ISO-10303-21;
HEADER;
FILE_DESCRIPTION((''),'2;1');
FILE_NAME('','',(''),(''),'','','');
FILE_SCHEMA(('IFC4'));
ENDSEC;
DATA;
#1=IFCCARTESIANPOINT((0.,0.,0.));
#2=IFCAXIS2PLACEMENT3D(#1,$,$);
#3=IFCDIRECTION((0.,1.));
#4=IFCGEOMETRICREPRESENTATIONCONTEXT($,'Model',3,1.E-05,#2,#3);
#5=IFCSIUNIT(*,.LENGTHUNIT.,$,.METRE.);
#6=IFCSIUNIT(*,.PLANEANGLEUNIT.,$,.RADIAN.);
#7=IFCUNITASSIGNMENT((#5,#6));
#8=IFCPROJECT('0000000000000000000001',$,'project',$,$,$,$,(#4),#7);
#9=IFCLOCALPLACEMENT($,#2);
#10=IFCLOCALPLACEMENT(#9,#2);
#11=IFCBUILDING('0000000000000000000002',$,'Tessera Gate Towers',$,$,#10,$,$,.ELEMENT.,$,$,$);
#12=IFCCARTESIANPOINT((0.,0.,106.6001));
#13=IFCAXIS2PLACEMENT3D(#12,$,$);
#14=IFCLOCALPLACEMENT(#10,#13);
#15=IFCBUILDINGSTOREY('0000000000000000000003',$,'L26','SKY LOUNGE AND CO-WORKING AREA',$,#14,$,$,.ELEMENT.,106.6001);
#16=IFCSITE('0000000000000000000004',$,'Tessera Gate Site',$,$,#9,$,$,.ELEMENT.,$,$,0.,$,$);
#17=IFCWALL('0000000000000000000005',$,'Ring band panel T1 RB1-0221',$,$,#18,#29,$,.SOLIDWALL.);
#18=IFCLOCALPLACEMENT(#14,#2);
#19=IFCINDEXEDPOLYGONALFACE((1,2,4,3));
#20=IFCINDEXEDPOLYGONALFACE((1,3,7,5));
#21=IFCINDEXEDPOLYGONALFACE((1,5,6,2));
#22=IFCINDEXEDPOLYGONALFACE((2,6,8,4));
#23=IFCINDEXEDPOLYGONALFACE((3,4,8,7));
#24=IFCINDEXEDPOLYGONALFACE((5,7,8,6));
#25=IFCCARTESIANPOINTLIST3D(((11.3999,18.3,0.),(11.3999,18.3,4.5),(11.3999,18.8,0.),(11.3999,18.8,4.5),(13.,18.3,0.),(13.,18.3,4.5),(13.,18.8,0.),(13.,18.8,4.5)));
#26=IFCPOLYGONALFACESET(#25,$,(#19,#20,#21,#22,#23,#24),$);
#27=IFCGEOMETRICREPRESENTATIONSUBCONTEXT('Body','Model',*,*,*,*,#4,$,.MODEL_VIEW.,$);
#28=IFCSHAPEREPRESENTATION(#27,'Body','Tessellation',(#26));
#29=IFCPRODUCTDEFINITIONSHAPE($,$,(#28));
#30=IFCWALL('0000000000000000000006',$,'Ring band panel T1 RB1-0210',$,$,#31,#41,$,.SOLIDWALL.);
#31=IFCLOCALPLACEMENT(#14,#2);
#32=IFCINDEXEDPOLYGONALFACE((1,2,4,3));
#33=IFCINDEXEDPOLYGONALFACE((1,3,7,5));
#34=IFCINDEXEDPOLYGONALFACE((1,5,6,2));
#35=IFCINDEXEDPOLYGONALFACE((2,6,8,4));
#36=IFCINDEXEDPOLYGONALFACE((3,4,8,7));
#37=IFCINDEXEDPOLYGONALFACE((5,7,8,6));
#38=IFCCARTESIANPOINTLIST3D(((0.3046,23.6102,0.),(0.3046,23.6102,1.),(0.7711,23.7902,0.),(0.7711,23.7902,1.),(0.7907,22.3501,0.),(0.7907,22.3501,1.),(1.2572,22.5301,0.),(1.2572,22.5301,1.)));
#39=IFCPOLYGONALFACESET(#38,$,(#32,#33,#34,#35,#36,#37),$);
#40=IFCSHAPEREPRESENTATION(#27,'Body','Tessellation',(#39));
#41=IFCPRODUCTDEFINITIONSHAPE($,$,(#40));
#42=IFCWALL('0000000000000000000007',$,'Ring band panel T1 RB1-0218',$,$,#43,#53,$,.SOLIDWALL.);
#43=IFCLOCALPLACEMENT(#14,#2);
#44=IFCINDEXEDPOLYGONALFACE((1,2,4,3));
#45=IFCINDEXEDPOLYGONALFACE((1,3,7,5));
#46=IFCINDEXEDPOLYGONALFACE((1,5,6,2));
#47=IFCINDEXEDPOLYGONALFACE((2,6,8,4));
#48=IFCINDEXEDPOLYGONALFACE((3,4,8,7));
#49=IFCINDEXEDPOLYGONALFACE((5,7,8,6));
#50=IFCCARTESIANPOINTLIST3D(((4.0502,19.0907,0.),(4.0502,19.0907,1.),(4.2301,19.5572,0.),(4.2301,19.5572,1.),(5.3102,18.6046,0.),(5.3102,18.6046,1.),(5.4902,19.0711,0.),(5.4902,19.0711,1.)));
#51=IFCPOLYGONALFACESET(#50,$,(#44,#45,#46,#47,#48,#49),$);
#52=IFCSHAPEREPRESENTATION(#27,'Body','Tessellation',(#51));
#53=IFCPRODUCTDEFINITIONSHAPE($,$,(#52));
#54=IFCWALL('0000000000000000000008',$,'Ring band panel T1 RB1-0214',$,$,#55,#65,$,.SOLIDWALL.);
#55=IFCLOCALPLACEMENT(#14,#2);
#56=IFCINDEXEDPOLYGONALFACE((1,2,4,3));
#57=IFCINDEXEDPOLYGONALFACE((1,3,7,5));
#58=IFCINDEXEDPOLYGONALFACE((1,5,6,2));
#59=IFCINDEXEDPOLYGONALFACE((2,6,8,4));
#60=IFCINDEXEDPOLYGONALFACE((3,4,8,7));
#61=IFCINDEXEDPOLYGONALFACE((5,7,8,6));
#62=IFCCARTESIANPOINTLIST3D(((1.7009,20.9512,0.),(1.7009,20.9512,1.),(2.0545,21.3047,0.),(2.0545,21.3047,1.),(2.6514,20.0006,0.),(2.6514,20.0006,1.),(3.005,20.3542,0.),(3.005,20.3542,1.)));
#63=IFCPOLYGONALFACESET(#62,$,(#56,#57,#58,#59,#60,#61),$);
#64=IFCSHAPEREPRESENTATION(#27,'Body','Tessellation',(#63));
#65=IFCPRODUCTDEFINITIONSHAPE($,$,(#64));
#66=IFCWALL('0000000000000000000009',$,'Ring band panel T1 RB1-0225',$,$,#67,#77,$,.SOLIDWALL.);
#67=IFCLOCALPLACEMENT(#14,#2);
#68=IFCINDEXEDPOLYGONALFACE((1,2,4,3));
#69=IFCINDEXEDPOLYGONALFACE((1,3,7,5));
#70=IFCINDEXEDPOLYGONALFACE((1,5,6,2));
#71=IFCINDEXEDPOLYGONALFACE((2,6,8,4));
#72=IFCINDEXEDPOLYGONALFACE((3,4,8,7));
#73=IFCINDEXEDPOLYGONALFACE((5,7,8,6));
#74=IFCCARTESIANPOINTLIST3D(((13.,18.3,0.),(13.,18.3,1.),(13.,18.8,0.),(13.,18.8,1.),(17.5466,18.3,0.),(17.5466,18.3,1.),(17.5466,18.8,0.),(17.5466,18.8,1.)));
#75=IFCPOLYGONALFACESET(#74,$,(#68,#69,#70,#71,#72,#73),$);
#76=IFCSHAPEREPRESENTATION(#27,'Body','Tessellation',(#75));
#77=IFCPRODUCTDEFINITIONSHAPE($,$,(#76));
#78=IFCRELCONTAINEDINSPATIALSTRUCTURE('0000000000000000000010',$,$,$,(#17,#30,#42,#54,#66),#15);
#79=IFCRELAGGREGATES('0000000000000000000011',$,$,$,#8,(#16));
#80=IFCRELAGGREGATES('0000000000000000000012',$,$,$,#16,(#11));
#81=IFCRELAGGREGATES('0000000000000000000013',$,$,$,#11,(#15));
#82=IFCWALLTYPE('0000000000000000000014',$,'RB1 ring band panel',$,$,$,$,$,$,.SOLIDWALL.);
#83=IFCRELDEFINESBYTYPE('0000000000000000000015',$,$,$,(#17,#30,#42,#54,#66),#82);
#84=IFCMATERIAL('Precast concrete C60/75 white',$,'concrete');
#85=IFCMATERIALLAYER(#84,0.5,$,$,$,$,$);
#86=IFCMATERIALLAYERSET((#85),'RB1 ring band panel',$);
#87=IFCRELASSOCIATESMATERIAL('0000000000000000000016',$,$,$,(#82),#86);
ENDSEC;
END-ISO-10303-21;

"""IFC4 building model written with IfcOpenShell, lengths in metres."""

from ifc_helpers import new_model, si_unit, direction, frame, origin, place, context, subcontext, project, spatial, polyline, outline, extrude, source, transform, mapped, material, layer, layer_set, type_object, element, save


model = new_model("IFC4")

# Units and contexts
model_context = context("Model", 3, precision=1e-05, world=origin(), true_north=direction((0.0, 1.0)))
body_context = subcontext(model_context, "Body", "Model", "MODEL_VIEW")
ifc_project = project(units=[si_unit("LENGTHUNIT", "METRE"), si_unit("PLANEANGLEUNIT", "RADIAN")], contexts=[model_context])

# Site, building, storey
site_placement = place(None, origin())
site = spatial("IfcSite", under=ifc_project, at=site_placement, Name="Tessera Gate Site", CompositionType="ELEMENT", RefElevation=0.0)
building_placement = place(site_placement, origin())
building = spatial("IfcBuilding", under=site, at=building_placement, Name="Tessera Gate Towers", CompositionType="ELEMENT")
storey_placement = place(building_placement, frame((0.0, 0.0, 106.6001)))
storey = spatial("IfcBuildingStorey", under=building, at=storey_placement, Name="L26", Description="SKY LOUNGE AND CO-WORKING AREA", CompositionType="ELEMENT", Elevation=106.6001)

# Walls
ifc_material_1 = material(Name="Precast concrete C60/75 white", Category="concrete")
ifc_layer_1 = layer(ifc_material_1, 0.5)
ifc_layer_set_1 = layer_set([ifc_layer_1], Name="RB1 ring band panel")
wall_type = type_object("IfcWallType", Name="RB1 ring band panel", PredefinedType="SOLIDWALL", material=ifc_layer_set_1)
shared_shape_1 = source(origin(), body_context, "Body", "SweptSolid", [
    extrude(outline(polyline([(0.0, 0.0), (1.6001, 0.0), (1.6001, 4.5), (0.0, 4.5), (0.0, 0.0)])), frame((0.0, 0.25, 0.0), z_axis=(0.0, -1.0, 0.0), x_axis=(1.0, 0.0, 0.0)), (0.0, 0.0, 1.0), 0.5),
])
wall_1_placement = place(storey_placement, frame((11.3999, 18.55, 0.0), z_axis=(0.0, 0.0, 1.0), x_axis=(1.0, 0.0, 0.0)))
element("IfcWall", 1, at=wall_1_placement, inside=storey, type_object=wall_type, Name="Ring band panel T1 RB1-0221", PredefinedType="SOLIDWALL", context=body_context, shape_type="MappedRepresentation", body=[
    mapped(shared_shape_1, transform((0.0, 0.0, 0.0), scale=1.0)),
])
shared_shape_2 = source(origin(), body_context, "Body", "SweptSolid", [
    extrude(outline(polyline([(0.0, 0.0), (1.3506, 0.0), (1.3506, 1.0), (0.0, 1.0), (0.0, 0.0)])), frame((0.0, 0.25, 0.0), z_axis=(0.0, -1.0, 0.0), x_axis=(1.0, 0.0, 0.0)), (0.0, 0.0, 1.0), 0.5),
])
for number, where, z_axis, x_axis, name in (
    (2, (0.5378, 23.7002, 0.0), (0.0, 0.0, 1.0), (0.359924, -0.932982, 0.0), "Ring band panel T1 RB1-0210"),
    (3, (4.1401, 19.324, 0.0), (0.0, 0.0, 1.0), (0.932982, -0.359924, 0.0), "Ring band panel T1 RB1-0218"),
):
    element("IfcWall", number, at=place(storey_placement, frame(where, z_axis=z_axis, x_axis=x_axis)), inside=storey, type_object=wall_type, Name=name, PredefinedType="SOLIDWALL", context=body_context, shape_type="MappedRepresentation", body=[
        mapped(shared_shape_2, transform((0.0, 0.0, 0.0), scale=1.0)),
    ])
shared_shape_3 = source(origin(), body_context, "Body", "SweptSolid", [
    extrude(outline(polyline([(0.0, 0.0), (1.3442, 0.0), (1.3442, 1.0), (0.0, 1.0), (0.0, 0.0)])), frame((0.0, 0.25, 0.0), z_axis=(0.0, -1.0, 0.0), x_axis=(1.0, 0.0, 0.0)), (0.0, 0.0, 1.0), 0.5),
])
wall_2_placement = place(storey_placement, frame((1.8777, 21.1279, 0.0), z_axis=(0.0, 0.0, 1.0), x_axis=(0.707107, -0.707107, 0.0)))
element("IfcWall", 4, at=wall_2_placement, inside=storey, type_object=wall_type, Name="Ring band panel T1 RB1-0214", PredefinedType="SOLIDWALL", context=body_context, shape_type="MappedRepresentation", body=[
    mapped(shared_shape_3, transform((0.0, 0.0, 0.0), scale=1.0)),
])
shared_shape_4 = source(origin(), body_context, "Body", "SweptSolid", [
    extrude(outline(polyline([(0.0, 0.0), (4.5466, 0.0), (4.5466, 1.0), (0.0, 1.0), (0.0, 0.0)])), frame((0.0, 0.25, 0.0), z_axis=(0.0, -1.0, 0.0), x_axis=(1.0, 0.0, 0.0)), (0.0, 0.0, 1.0), 0.5),
])
wall_3_placement = place(storey_placement, frame((13.0, 18.55, 0.0), z_axis=(0.0, 0.0, 1.0), x_axis=(1.0, 0.0, 0.0)))
element("IfcWall", 5, at=wall_3_placement, inside=storey, type_object=wall_type, Name="Ring band panel T1 RB1-0225", PredefinedType="SOLIDWALL", context=body_context, shape_type="MappedRepresentation", body=[
    mapped(shared_shape_4, transform((0.0, 0.0, 0.0), scale=1.0)),
])

save(model, "model.ifc")
